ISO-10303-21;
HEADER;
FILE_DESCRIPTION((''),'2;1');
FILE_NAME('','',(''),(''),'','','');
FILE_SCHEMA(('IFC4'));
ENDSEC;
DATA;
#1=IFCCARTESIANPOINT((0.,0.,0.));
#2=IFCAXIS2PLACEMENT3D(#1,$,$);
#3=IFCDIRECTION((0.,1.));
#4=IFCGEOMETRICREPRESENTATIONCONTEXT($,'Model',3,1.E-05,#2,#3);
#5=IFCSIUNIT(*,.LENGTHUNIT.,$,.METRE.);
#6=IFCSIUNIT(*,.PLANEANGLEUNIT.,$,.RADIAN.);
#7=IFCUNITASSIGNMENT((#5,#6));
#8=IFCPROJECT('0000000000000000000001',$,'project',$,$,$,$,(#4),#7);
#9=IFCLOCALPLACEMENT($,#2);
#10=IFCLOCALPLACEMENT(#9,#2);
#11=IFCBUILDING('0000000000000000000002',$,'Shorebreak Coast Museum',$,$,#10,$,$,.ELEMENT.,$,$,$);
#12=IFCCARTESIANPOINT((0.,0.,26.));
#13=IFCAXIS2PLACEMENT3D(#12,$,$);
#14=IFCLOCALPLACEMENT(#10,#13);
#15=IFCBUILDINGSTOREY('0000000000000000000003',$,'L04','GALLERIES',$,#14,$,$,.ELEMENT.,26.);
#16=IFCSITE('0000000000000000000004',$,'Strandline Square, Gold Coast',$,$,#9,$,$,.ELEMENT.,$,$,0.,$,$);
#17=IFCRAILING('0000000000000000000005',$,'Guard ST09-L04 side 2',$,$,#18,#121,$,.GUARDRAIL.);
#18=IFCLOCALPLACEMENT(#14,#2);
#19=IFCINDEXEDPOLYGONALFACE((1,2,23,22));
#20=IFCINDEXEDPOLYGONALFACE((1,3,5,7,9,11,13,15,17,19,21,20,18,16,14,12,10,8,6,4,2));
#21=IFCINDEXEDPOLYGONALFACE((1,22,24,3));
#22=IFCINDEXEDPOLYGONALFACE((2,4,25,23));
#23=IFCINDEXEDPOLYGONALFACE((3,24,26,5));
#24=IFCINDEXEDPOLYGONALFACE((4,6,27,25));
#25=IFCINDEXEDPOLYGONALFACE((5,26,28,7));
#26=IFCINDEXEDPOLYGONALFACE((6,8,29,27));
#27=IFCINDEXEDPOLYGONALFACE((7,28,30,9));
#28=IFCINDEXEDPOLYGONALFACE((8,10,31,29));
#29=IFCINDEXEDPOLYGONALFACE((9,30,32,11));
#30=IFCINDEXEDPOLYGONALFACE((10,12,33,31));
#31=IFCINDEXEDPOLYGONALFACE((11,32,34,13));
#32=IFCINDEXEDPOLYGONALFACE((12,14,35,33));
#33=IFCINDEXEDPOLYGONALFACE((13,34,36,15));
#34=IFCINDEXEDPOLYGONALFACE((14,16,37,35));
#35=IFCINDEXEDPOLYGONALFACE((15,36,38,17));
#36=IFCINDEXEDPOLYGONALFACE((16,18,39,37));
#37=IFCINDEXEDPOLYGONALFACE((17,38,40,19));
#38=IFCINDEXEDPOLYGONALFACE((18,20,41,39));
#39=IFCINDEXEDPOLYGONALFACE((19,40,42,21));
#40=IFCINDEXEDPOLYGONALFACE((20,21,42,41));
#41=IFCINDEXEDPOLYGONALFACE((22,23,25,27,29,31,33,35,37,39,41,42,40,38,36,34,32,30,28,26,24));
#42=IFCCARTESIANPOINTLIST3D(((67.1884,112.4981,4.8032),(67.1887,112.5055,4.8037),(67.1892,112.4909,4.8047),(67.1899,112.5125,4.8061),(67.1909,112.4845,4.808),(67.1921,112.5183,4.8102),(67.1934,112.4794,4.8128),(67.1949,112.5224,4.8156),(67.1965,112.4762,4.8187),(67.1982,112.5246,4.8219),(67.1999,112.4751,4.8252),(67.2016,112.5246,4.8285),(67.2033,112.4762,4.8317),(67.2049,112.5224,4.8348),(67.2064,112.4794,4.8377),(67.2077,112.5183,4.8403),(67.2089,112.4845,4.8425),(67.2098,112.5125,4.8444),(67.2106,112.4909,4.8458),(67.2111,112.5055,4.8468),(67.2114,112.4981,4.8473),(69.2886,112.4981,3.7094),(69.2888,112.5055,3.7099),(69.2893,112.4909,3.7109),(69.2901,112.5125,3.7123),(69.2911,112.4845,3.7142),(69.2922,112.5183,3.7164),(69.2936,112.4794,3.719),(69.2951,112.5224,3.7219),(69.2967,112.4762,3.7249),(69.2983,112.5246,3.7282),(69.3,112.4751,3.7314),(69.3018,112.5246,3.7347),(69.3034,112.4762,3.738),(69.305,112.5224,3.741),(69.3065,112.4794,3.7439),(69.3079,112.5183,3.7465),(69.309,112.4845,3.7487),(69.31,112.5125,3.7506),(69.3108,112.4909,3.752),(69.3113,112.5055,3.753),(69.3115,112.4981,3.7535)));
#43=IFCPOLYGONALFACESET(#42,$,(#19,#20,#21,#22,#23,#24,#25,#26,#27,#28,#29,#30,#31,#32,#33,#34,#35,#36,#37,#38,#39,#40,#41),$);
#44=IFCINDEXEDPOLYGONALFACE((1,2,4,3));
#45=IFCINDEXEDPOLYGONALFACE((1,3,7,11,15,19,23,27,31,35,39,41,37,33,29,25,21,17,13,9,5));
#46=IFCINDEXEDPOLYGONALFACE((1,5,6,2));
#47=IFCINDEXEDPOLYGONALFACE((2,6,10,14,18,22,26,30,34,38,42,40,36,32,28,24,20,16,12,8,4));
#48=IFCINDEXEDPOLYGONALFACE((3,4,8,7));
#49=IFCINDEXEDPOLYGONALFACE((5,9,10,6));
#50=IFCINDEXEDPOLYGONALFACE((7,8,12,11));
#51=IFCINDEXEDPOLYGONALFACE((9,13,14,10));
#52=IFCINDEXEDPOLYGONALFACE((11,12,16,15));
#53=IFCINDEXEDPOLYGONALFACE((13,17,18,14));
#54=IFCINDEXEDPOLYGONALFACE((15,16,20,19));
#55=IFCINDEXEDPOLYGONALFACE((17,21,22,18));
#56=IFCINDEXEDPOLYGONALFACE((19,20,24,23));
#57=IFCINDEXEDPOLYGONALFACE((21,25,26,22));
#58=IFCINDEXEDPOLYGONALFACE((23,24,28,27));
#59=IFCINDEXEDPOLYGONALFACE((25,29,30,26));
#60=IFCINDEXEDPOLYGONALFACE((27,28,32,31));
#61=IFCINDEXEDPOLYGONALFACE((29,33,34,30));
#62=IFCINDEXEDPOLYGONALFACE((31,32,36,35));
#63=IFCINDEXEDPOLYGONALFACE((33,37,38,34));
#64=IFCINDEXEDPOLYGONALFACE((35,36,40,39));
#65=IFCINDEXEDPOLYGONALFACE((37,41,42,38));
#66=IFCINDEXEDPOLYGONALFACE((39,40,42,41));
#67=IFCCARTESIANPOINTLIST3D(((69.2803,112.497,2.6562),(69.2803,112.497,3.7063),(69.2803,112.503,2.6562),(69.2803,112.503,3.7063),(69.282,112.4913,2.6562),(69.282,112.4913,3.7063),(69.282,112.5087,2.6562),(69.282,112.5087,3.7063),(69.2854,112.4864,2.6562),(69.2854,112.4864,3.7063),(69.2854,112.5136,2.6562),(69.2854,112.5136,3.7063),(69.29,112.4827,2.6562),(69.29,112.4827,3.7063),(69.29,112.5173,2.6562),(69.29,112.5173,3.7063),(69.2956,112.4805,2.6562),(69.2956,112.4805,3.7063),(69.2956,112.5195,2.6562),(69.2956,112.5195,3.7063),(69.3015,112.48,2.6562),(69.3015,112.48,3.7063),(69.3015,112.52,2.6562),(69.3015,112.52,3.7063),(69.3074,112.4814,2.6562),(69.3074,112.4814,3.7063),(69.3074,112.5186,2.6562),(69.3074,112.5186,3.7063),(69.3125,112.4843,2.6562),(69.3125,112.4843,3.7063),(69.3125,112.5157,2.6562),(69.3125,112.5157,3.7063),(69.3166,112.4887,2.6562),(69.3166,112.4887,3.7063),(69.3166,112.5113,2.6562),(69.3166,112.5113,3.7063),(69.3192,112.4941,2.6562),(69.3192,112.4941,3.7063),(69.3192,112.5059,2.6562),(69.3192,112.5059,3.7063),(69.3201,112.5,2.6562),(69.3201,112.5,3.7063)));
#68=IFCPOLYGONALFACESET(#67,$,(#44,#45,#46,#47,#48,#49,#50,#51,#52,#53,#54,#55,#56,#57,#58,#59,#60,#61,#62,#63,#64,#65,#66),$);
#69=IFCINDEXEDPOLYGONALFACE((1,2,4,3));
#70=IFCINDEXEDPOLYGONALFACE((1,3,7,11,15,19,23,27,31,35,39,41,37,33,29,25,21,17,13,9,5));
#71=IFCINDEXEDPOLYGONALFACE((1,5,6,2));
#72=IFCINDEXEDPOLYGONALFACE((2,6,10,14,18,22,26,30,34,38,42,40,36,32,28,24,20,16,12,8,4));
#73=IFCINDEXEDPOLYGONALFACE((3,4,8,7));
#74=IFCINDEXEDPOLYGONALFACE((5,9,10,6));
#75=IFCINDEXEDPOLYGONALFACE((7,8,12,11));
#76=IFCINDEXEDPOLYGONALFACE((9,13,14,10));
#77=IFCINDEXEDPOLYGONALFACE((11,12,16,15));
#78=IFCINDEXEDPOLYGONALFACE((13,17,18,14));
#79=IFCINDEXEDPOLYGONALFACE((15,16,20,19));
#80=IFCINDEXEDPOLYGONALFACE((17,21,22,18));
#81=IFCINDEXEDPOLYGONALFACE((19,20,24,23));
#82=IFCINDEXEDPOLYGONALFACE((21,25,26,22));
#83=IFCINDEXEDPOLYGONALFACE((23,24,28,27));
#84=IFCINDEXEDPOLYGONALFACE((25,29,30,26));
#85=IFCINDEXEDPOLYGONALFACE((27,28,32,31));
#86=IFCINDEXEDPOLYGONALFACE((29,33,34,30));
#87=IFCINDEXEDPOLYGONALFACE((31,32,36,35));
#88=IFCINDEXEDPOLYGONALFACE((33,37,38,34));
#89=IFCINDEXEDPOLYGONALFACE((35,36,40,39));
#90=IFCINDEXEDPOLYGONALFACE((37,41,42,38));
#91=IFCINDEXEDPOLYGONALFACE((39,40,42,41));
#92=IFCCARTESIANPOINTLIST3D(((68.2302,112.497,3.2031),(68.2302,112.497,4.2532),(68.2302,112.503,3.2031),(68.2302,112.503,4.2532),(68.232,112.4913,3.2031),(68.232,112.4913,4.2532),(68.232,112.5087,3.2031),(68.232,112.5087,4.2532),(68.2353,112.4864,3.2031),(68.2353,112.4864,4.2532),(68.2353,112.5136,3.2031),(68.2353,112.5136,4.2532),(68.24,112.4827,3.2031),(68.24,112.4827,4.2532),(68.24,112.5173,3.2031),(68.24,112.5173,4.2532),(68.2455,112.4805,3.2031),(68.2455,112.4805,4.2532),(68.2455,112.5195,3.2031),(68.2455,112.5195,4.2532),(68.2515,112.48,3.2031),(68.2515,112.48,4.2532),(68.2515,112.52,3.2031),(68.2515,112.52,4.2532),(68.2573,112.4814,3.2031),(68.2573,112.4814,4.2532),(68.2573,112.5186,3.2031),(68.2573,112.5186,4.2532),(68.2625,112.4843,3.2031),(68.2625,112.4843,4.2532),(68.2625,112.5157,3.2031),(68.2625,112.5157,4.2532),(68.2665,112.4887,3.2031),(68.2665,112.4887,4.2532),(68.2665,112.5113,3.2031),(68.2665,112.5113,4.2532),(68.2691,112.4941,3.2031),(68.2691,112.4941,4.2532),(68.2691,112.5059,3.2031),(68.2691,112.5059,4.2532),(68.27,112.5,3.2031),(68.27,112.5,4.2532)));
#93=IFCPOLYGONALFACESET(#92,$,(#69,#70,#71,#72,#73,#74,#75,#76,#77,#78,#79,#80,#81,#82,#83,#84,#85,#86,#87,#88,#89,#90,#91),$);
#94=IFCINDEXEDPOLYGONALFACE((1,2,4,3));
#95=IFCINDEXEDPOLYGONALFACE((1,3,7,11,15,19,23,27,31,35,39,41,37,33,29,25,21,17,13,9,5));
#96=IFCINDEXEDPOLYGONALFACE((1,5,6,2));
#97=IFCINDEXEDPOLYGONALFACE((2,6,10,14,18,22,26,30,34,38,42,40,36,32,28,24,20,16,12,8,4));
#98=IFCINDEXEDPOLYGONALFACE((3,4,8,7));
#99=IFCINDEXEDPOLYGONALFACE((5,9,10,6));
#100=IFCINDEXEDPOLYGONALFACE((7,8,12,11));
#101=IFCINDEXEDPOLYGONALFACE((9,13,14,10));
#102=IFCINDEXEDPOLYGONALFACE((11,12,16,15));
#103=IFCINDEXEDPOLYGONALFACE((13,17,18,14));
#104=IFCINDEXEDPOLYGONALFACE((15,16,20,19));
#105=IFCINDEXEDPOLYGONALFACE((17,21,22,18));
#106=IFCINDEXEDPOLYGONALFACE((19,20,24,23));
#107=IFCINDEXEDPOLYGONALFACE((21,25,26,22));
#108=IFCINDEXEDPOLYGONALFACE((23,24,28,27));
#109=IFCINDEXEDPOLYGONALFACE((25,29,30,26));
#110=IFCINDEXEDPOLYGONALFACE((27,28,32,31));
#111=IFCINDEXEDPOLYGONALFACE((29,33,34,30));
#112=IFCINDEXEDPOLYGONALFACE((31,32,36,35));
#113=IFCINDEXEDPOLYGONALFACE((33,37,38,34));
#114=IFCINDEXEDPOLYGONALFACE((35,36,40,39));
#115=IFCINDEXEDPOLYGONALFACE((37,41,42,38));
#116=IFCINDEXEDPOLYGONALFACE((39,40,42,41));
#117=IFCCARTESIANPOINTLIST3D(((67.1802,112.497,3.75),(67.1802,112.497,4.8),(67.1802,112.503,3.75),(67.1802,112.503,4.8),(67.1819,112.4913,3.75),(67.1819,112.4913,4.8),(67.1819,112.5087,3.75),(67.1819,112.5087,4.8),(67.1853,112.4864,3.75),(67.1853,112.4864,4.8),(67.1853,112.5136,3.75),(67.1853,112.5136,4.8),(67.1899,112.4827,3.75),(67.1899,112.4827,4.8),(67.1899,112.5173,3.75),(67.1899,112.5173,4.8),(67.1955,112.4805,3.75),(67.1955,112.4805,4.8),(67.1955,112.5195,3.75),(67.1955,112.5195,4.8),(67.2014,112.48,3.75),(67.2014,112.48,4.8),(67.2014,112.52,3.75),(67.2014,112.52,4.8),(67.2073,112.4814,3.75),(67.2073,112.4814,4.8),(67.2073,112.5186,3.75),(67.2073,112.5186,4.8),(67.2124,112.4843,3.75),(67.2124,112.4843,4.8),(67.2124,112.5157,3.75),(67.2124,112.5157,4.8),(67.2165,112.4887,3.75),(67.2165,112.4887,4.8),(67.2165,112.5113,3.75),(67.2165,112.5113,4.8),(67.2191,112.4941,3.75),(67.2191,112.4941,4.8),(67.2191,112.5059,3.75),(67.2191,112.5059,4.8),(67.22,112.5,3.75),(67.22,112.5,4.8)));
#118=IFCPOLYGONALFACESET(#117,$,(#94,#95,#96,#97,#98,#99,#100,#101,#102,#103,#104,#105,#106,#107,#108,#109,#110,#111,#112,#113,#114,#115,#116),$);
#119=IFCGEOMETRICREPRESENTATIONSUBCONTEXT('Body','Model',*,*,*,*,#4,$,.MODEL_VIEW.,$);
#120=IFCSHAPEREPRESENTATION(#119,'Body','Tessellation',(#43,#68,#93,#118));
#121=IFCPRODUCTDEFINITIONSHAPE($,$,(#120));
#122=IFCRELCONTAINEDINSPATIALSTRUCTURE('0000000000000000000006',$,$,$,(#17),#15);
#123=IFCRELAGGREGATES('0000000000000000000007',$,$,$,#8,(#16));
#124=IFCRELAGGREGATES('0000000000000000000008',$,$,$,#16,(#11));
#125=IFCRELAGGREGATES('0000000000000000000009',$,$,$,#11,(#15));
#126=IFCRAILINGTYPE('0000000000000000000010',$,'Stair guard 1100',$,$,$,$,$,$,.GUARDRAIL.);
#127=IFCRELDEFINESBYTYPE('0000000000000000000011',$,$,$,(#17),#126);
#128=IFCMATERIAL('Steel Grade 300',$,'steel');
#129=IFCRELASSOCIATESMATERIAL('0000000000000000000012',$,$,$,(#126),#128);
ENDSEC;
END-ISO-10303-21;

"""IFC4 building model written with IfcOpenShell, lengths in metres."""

from ifc_helpers import new_model, si_unit, direction, frame, origin, origin_2d, place, context, subcontext, project, spatial, circle, extrude, material, type_object, element, save


model = new_model("IFC4")

# Units and contexts
model_context = context("Model", 3, precision=1e-05, world=origin(), true_north=direction((0.0, 1.0)))
body_context = subcontext(model_context, "Body", "Model", "MODEL_VIEW")
ifc_project = project(units=[si_unit("LENGTHUNIT", "METRE"), si_unit("PLANEANGLEUNIT", "RADIAN")], contexts=[model_context])

# Site, building, storey
site_placement = place(None, origin())
site = spatial("IfcSite", under=ifc_project, at=site_placement, Name="Strandline Square, Gold Coast", CompositionType="ELEMENT", RefElevation=0.0)
building_placement = place(site_placement, origin())
building = spatial("IfcBuilding", under=site, at=building_placement, Name="Shorebreak Coast Museum", CompositionType="ELEMENT")
storey_placement = place(building_placement, frame((0.0, 0.0, 26.0)))
storey = spatial("IfcBuildingStorey", under=building, at=storey_placement, Name="L04", Description="GALLERIES", CompositionType="ELEMENT", Elevation=26.0)

# Railing
ifc_material_1 = material(Name="Steel Grade 300", Category="steel")
railing_type_1 = type_object("IfcRailingType", Name="Stair guard 1100", PredefinedType="GUARDRAIL", material=ifc_material_1)
railing_placement = place(storey_placement, frame((69.3, 112.5, 2.6562)))
element("IfcRailing", 1, at=railing_placement, inside=storey, type_object=railing_type_1, Name="Guard ST09-L04 side 2", PredefinedType="GUARDRAIL", context=body_context, shape_type="SweptSolid", body=[
    extrude(circle(Radius=0.0249, at=origin_2d()), frame((0.0, 0.0, 1.0752), z_axis=(-0.886923, 0.0, 0.461918), x_axis=(0.0, -1.0, 0.0)), (0.0, 0.0, 1.0), 2.3679),
    extrude(circle(Radius=0.02, at=origin_2d()), origin(), (0.0, 0.0, 1.0), 1.05),
    extrude(circle(Radius=0.02, at=origin_2d()), frame((-1.05, 0.0, 0.5469)), (0.0, 0.0, 1.0), 1.05),
    extrude(circle(Radius=0.02, at=origin_2d()), frame((-2.1001, 0.0, 1.0938)), (0.0, 0.0, 1.0), 1.05),
])

save(model, "model.ifc")
